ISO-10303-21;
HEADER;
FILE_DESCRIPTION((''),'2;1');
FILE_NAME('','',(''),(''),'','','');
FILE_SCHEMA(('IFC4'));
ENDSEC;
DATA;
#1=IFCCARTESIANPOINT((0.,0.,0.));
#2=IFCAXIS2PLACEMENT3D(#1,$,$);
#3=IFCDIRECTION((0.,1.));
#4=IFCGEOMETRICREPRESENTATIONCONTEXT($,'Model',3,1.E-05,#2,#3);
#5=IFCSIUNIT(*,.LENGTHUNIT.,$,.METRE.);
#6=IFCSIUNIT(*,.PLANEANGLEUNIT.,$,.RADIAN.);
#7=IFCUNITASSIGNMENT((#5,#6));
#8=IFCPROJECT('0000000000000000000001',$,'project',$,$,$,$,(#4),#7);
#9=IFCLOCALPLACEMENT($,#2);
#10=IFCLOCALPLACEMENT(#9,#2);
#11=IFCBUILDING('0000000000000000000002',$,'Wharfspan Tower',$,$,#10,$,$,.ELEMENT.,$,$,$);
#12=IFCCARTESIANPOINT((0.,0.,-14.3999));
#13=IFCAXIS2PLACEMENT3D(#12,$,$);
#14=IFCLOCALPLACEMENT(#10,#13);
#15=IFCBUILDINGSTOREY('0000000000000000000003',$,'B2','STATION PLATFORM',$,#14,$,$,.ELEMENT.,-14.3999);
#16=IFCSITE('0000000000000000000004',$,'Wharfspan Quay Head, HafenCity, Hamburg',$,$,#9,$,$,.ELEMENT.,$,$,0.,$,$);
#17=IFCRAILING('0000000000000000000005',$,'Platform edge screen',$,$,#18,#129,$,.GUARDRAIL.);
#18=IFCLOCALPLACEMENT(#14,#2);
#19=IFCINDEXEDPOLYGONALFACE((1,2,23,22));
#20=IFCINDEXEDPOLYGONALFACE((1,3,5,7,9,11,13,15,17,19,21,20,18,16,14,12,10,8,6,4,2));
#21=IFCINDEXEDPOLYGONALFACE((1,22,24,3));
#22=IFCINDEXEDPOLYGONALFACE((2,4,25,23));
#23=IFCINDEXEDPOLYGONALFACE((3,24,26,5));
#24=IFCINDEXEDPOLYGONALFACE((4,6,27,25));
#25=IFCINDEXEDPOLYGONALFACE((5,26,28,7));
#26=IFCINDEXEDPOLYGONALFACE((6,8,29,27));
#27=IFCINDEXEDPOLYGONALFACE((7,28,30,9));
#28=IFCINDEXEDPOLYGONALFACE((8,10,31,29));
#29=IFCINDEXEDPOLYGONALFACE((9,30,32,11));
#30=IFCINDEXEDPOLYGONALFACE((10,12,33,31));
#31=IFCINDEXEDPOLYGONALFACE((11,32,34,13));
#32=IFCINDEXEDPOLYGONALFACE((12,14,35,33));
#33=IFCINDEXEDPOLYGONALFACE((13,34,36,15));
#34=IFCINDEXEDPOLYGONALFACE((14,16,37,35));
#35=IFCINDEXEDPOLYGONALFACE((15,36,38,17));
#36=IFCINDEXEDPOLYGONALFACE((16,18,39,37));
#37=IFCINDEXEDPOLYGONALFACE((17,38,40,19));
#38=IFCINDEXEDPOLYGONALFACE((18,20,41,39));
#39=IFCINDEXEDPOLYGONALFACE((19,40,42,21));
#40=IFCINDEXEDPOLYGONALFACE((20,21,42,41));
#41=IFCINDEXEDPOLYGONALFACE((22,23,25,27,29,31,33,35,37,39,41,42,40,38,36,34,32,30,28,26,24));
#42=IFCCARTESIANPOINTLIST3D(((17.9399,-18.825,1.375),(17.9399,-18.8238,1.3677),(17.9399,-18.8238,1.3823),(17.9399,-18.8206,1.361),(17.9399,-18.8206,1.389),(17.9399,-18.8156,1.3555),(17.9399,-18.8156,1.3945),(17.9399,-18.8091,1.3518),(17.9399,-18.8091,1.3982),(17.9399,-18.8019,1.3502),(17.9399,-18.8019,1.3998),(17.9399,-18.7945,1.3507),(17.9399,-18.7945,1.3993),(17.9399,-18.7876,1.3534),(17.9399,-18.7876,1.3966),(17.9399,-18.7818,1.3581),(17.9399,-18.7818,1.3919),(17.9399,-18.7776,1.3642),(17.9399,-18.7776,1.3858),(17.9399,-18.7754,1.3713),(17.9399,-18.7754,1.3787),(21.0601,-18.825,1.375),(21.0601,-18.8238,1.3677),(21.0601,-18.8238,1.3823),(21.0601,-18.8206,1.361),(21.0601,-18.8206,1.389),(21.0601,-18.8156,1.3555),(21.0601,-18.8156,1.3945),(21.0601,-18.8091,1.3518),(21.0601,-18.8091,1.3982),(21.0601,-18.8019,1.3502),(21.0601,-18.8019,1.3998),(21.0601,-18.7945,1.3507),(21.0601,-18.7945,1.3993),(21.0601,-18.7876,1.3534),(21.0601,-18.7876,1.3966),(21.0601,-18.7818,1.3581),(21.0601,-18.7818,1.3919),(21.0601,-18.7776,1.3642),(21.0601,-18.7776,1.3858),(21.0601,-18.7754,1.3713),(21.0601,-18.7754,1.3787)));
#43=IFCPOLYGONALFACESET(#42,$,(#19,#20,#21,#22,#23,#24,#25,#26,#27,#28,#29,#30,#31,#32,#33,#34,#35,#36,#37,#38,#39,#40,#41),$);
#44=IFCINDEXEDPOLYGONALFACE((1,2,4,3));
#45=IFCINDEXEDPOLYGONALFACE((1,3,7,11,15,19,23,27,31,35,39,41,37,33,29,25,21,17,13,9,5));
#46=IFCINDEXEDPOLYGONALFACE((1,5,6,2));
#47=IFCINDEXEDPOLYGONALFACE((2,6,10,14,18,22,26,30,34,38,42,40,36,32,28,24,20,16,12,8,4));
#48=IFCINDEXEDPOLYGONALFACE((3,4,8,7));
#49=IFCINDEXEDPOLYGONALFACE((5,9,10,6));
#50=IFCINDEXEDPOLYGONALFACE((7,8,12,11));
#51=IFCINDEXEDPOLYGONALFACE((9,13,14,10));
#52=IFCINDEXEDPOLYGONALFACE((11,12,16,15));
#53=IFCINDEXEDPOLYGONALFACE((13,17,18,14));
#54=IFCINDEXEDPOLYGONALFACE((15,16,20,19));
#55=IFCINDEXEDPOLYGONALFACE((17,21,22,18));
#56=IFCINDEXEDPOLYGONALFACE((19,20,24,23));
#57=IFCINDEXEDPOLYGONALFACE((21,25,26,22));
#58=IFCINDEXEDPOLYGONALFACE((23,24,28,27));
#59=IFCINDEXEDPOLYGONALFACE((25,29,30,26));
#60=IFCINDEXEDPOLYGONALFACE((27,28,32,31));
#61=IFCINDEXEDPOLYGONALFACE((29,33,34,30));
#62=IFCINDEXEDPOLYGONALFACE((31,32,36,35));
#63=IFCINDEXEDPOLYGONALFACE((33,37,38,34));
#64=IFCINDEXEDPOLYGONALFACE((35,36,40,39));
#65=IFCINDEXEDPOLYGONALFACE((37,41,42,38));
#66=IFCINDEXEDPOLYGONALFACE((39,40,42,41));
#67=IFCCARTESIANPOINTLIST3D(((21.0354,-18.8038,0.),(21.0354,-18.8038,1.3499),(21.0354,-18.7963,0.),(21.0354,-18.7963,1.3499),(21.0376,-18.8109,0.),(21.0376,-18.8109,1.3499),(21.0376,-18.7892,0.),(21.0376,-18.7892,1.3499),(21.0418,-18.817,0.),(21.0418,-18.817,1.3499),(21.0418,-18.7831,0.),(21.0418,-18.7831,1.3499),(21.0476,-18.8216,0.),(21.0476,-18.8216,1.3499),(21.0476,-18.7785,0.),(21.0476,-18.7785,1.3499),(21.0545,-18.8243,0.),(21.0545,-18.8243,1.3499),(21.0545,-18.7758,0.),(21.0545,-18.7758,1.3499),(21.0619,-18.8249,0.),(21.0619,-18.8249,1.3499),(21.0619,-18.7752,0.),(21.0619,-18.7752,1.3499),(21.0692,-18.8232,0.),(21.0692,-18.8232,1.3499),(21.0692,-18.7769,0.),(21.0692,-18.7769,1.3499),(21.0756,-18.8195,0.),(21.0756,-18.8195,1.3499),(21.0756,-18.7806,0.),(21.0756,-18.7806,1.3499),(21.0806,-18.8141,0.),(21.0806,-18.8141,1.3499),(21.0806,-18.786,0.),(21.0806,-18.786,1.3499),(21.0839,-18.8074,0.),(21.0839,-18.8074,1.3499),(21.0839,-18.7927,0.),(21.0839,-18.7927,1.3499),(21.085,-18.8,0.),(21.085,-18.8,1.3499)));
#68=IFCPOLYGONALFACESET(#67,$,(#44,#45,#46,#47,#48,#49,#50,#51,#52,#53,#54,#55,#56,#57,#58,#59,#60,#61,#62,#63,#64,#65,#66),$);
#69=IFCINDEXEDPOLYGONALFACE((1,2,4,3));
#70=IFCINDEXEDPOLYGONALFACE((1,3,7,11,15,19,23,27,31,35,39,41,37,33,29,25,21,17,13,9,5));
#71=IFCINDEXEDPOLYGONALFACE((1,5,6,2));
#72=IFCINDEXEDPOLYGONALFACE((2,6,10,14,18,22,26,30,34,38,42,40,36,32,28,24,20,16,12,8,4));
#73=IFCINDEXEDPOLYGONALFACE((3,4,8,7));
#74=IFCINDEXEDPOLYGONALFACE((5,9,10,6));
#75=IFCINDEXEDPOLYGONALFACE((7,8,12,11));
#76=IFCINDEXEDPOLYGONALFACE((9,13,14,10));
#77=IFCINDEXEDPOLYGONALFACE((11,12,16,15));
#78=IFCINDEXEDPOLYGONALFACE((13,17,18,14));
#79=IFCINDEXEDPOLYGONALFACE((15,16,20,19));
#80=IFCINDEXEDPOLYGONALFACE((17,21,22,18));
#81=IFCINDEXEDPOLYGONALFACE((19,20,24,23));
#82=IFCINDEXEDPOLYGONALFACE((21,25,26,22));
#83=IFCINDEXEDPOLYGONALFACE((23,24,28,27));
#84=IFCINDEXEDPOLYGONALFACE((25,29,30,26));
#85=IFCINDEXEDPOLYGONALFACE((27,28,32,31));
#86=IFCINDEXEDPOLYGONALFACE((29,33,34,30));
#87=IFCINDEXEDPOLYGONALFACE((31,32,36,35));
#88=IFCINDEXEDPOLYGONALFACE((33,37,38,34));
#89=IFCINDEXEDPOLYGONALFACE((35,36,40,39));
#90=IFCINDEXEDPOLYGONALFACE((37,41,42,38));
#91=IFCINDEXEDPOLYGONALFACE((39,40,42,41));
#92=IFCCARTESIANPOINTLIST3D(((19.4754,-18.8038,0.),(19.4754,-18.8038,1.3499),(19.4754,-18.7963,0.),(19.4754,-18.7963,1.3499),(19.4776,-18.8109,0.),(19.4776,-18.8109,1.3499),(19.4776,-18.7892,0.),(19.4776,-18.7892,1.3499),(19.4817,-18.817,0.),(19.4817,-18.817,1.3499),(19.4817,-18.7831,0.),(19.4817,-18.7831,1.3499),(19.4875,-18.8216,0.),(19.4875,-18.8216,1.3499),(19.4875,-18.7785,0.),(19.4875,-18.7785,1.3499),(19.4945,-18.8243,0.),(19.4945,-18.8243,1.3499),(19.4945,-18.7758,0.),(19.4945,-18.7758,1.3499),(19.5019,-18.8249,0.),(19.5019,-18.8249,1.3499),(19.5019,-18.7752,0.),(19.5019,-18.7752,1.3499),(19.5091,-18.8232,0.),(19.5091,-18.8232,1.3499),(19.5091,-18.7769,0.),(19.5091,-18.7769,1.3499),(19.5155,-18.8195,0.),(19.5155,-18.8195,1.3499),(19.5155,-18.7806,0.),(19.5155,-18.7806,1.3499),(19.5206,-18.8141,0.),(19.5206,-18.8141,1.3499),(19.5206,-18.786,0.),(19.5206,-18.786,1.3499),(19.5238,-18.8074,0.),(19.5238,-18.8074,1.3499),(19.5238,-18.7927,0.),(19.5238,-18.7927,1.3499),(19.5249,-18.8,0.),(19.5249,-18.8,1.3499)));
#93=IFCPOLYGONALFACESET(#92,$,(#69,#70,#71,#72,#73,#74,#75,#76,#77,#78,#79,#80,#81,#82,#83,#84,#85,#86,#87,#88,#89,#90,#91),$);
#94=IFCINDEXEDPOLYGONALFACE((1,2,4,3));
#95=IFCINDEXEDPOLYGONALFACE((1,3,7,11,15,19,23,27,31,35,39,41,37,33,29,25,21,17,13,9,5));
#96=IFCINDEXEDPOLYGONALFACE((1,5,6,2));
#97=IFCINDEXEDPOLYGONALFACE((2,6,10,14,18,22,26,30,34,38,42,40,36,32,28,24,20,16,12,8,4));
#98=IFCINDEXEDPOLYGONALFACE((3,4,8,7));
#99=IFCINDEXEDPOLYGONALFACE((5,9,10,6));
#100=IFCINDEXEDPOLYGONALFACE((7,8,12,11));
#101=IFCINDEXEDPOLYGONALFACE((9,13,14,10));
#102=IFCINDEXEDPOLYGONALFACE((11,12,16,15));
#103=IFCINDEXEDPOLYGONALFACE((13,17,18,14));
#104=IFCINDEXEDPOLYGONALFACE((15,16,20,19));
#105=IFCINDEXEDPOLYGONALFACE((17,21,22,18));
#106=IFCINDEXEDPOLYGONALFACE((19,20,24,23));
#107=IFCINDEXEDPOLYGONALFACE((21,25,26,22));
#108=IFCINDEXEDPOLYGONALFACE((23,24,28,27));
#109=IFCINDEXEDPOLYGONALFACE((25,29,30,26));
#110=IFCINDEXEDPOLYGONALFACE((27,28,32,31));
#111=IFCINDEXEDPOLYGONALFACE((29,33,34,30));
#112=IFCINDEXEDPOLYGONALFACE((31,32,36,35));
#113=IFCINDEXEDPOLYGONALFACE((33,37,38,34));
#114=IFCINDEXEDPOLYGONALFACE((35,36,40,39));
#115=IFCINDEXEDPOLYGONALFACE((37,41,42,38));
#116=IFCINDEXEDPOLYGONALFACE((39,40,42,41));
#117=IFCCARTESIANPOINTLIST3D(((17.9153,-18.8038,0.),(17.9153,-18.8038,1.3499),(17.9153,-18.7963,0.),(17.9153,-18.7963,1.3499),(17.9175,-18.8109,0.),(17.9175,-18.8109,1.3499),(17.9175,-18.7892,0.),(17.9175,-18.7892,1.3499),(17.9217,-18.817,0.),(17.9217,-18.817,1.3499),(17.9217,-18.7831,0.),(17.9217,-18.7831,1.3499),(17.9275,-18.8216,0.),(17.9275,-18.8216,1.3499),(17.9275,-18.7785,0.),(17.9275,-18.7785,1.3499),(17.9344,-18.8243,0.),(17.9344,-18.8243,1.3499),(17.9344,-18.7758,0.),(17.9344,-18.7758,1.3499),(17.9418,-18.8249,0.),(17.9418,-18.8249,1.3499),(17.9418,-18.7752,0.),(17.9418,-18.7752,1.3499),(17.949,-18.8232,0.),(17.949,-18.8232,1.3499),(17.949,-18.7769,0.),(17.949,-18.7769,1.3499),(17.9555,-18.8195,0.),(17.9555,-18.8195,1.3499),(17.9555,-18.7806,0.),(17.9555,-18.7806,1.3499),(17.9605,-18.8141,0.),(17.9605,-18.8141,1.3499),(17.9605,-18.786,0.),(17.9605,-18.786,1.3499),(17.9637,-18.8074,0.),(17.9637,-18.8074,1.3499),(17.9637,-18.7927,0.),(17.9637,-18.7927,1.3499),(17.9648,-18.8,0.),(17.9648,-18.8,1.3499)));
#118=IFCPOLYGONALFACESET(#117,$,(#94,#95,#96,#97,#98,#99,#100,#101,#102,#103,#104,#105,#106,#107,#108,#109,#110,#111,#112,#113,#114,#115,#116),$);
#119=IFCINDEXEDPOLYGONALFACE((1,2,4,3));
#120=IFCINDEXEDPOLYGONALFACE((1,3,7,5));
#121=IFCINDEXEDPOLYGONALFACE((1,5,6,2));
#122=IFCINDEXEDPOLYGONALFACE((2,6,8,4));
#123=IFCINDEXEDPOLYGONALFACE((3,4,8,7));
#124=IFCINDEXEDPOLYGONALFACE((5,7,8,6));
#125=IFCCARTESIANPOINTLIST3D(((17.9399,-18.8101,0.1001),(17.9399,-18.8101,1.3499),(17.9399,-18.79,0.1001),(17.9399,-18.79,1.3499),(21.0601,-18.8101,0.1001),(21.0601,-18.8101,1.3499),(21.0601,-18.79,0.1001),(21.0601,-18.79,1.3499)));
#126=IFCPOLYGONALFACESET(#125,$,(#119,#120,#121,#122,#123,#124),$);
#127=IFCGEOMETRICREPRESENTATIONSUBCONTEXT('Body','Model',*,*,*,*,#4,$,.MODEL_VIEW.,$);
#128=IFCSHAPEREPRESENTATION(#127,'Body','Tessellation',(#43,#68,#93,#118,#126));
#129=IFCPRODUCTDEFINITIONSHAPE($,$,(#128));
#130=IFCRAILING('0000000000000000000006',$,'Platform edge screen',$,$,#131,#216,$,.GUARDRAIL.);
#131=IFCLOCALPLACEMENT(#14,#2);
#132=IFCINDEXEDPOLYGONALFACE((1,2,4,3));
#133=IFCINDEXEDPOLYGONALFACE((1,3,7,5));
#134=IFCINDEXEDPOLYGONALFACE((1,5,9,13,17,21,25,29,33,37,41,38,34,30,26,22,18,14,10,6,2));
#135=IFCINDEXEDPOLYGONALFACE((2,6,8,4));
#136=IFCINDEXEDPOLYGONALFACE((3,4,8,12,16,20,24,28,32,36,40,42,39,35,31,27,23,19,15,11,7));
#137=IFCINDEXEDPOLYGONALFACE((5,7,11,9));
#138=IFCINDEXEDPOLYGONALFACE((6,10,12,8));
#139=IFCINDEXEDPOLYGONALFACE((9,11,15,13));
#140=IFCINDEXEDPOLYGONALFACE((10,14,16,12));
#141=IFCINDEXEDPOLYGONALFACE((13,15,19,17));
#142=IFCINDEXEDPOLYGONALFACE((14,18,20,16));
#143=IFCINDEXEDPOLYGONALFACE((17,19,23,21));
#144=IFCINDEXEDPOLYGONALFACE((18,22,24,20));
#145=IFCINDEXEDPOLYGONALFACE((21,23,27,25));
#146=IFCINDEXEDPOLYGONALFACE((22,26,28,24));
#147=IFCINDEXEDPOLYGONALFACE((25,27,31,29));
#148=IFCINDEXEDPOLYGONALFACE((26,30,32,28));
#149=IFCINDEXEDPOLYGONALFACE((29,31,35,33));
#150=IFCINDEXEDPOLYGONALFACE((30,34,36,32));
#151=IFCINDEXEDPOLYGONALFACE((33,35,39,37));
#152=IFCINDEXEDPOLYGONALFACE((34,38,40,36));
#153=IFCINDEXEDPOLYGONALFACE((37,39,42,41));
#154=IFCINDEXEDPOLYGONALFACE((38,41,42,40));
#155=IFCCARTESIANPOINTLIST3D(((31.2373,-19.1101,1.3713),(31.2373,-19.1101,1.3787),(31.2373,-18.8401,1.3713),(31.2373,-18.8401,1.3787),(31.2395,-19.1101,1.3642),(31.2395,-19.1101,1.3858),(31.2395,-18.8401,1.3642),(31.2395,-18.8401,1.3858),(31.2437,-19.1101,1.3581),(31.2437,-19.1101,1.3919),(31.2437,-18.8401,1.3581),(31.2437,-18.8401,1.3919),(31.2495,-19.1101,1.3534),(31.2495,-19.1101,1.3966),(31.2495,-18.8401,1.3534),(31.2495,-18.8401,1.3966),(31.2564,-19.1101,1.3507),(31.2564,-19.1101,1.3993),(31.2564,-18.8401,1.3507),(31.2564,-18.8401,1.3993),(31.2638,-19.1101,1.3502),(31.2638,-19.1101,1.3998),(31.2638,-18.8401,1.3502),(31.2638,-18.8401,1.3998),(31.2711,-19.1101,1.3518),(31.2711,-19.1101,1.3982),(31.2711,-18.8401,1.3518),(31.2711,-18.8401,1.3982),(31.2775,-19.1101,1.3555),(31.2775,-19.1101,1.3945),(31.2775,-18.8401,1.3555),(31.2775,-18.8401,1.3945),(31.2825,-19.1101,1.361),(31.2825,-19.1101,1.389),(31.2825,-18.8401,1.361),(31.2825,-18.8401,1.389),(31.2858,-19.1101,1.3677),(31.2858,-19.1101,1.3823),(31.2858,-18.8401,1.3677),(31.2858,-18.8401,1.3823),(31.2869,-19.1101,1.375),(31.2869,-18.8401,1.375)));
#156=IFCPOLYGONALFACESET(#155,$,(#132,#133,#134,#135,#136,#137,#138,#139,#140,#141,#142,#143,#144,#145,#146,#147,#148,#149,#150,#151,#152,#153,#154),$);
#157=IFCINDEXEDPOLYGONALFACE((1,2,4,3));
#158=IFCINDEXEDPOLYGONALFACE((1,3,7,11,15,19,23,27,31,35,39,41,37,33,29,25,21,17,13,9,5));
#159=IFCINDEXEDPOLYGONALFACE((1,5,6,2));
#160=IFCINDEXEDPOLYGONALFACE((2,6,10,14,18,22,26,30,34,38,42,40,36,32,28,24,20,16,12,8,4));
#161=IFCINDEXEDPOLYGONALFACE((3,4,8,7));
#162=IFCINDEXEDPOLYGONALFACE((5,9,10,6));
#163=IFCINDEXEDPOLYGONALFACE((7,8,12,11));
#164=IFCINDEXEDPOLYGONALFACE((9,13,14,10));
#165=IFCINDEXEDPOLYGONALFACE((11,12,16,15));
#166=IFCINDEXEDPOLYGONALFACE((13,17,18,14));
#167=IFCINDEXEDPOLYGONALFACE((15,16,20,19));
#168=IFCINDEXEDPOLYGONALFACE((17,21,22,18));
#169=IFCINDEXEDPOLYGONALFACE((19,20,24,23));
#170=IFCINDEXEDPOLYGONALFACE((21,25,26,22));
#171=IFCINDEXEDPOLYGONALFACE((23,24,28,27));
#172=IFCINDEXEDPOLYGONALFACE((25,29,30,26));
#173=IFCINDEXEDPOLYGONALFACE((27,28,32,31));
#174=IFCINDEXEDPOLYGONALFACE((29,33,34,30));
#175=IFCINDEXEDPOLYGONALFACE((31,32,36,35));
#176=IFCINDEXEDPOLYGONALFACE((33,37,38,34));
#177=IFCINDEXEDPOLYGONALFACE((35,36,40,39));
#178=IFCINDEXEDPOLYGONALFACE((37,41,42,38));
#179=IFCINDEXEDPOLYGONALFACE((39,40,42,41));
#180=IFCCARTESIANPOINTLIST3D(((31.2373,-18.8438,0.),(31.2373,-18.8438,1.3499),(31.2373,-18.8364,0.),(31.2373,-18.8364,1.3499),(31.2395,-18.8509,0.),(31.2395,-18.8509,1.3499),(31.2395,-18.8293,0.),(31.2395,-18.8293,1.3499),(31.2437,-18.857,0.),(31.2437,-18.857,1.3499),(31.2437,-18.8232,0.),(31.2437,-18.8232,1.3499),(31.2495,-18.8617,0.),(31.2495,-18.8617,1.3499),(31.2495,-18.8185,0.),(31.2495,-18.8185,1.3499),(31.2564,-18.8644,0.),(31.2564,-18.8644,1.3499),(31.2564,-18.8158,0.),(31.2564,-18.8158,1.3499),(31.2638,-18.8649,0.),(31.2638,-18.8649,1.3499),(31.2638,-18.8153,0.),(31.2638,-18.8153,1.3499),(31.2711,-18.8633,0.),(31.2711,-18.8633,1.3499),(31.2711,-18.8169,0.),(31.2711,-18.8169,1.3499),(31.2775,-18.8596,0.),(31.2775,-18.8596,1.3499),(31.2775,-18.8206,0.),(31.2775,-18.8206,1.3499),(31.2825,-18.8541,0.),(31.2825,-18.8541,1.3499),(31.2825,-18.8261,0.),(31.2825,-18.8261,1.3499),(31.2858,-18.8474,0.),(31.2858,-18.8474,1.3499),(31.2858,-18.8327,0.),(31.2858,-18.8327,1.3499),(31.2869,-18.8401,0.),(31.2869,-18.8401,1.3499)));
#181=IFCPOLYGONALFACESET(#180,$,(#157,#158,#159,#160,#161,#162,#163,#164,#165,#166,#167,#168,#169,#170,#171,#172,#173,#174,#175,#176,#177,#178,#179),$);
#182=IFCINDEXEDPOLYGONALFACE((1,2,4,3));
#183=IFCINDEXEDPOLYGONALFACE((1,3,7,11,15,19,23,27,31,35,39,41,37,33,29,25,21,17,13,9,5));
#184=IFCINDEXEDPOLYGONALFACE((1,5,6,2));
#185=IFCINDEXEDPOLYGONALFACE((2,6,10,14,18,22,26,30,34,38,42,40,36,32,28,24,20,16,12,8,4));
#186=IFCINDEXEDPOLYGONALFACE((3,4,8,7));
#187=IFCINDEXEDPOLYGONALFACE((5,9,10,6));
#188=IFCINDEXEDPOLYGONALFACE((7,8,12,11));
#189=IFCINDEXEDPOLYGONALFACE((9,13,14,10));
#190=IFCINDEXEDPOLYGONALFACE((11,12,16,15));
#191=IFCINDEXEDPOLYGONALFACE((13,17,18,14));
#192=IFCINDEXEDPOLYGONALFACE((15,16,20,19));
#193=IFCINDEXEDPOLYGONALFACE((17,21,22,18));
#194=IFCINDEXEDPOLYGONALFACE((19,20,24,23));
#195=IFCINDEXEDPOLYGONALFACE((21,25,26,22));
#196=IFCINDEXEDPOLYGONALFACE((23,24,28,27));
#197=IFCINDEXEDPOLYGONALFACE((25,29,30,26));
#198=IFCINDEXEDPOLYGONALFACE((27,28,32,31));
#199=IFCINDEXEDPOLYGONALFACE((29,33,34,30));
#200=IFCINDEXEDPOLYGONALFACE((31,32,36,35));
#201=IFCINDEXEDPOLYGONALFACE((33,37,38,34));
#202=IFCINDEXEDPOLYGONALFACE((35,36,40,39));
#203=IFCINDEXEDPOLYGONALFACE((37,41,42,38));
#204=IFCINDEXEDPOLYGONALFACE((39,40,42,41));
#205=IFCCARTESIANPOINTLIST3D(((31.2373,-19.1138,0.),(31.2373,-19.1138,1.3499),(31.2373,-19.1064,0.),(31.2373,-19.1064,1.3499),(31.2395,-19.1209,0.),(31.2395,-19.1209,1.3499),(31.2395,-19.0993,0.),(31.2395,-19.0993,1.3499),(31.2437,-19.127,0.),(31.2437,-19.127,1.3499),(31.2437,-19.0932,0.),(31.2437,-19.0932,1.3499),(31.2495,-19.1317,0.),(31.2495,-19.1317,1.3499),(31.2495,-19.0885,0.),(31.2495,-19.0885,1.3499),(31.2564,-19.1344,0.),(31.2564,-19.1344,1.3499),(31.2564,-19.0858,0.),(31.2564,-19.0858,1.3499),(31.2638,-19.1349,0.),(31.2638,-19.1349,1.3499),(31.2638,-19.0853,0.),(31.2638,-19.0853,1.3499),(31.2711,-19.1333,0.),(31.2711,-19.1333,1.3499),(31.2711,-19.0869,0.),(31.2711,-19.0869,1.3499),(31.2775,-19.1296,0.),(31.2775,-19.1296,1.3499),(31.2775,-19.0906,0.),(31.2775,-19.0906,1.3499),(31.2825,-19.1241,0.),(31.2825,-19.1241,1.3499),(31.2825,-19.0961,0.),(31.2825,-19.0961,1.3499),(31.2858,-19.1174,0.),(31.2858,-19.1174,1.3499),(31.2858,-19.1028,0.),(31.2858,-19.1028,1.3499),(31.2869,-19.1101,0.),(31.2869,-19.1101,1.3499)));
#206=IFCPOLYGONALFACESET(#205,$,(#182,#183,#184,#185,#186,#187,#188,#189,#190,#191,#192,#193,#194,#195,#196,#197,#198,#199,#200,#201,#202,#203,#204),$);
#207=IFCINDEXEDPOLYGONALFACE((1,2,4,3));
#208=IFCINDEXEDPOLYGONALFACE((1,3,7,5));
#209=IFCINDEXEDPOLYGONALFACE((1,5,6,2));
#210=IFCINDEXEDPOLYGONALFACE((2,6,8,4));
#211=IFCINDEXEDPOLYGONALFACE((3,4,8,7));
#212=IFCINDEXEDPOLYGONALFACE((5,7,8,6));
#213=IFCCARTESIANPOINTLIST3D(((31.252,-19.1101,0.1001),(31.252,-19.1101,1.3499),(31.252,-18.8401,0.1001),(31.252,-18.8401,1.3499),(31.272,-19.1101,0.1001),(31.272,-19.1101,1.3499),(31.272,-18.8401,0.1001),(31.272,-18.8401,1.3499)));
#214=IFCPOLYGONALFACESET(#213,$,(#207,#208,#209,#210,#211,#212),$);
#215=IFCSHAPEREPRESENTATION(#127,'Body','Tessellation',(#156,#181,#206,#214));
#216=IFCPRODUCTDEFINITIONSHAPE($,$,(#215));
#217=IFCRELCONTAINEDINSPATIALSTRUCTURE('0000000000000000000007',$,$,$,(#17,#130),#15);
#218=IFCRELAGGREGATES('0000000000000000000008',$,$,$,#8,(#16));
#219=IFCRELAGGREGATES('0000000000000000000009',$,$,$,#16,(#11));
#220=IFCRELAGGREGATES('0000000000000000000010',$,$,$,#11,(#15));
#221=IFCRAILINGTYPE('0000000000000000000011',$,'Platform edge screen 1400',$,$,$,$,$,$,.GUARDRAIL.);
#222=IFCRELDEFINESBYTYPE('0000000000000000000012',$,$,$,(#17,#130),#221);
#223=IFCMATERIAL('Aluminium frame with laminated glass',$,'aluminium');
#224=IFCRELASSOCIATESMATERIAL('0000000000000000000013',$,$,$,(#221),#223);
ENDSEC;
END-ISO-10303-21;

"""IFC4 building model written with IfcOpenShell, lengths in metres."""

from ifc_helpers import new_model, si_unit, direction, frame, origin, origin_2d, place, context, subcontext, project, spatial, rectangle, circle, extrude, material, type_object, element, save


model = new_model("IFC4")

# Units and contexts
model_context = context("Model", 3, precision=1e-05, world=origin(), true_north=direction((0.0, 1.0)))
body_context = subcontext(model_context, "Body", "Model", "MODEL_VIEW")
ifc_project = project(units=[si_unit("LENGTHUNIT", "METRE"), si_unit("PLANEANGLEUNIT", "RADIAN")], contexts=[model_context])

# Site, building, storey
site_placement = place(None, origin())
site = spatial("IfcSite", under=ifc_project, at=site_placement, Name="Wharfspan Quay Head, HafenCity, Hamburg", CompositionType="ELEMENT", RefElevation=0.0)
building_placement = place(site_placement, origin())
building = spatial("IfcBuilding", under=site, at=building_placement, Name="Wharfspan Tower", CompositionType="ELEMENT")
storey_placement = place(building_placement, frame((0.0, 0.0, -14.3999)))
storey = spatial("IfcBuildingStorey", under=building, at=storey_placement, Name="B2", Description="STATION PLATFORM", CompositionType="ELEMENT", Elevation=-14.3999)

# Railings
ifc_material_1 = material(Name="Aluminium frame with laminated glass", Category="aluminium")
railing_type_1 = type_object("IfcRailingType", Name="Platform edge screen 1400", PredefinedType="GUARDRAIL", material=ifc_material_1)
for number, where, name in (
    (1, (21.0601, -18.8, 0.0), "Platform edge screen"),
):
    element("IfcRailing", number, at=place(storey_placement, frame(where)), inside=storey, type_object=railing_type_1, Name=name, PredefinedType="GUARDRAIL", context=body_context, shape_type="SweptSolid", body=[
        extrude(circle(Radius=0.0249, at=origin_2d()), frame((0.0, 0.0, 1.375), z_axis=(-1.0, 0.0, 0.0), x_axis=(0.0, -1.0, 0.0)), (0.0, 0.0, 1.0), 3.1201),
        extrude(circle(Radius=0.0249, at=origin_2d()), origin(), (0.0, 0.0, 1.0), 1.3499),
        extrude(circle(Radius=0.0249, at=origin_2d()), frame((-1.5601, 0.0, 0.0)), (0.0, 0.0, 1.0), 1.3499),
        extrude(circle(Radius=0.0249, at=origin_2d()), frame((-3.1201, 0.0, 0.0)), (0.0, 0.0, 1.0), 1.3499),
        extrude(rectangle(XDim=3.1201, YDim=0.02, at=origin_2d()), frame((-1.5601, 0.0, 0.1001), z_axis=(0.0, 0.0, 1.0), x_axis=(-1.0, 0.0, 0.0)), (0.0, 0.0, 1.0), 1.2498),
    ])
railing_1_placement = place(storey_placement, frame((31.262, -18.8401, 0.0)))
element("IfcRailing", 2, at=railing_1_placement, inside=storey, type_object=railing_type_1, Name="Platform edge screen", PredefinedType="GUARDRAIL", context=body_context, shape_type="SweptSolid", body=[
    extrude(circle(Radius=0.0249, at=origin_2d()), frame((0.0, 0.0, 1.375), z_axis=(0.0, -1.0, 0.0), x_axis=(1.0, 0.0, 0.0)), (0.0, 0.0, 1.0), 0.27),
    extrude(circle(Radius=0.0249, at=origin_2d()), origin(), (0.0, 0.0, 1.0), 1.3499),
    extrude(circle(Radius=0.0249, at=origin_2d()), frame((0.0, -0.27, 0.0)), (0.0, 0.0, 1.0), 1.3499),
    extrude(rectangle(XDim=0.27, YDim=0.02, at=origin_2d()), frame((0.0, -0.135, 0.1001), z_axis=(0.0, 0.0, 1.0), x_axis=(0.0, -1.0, 0.0)), (0.0, 0.0, 1.0), 1.2498),
])

save(model, "model.ifc")
